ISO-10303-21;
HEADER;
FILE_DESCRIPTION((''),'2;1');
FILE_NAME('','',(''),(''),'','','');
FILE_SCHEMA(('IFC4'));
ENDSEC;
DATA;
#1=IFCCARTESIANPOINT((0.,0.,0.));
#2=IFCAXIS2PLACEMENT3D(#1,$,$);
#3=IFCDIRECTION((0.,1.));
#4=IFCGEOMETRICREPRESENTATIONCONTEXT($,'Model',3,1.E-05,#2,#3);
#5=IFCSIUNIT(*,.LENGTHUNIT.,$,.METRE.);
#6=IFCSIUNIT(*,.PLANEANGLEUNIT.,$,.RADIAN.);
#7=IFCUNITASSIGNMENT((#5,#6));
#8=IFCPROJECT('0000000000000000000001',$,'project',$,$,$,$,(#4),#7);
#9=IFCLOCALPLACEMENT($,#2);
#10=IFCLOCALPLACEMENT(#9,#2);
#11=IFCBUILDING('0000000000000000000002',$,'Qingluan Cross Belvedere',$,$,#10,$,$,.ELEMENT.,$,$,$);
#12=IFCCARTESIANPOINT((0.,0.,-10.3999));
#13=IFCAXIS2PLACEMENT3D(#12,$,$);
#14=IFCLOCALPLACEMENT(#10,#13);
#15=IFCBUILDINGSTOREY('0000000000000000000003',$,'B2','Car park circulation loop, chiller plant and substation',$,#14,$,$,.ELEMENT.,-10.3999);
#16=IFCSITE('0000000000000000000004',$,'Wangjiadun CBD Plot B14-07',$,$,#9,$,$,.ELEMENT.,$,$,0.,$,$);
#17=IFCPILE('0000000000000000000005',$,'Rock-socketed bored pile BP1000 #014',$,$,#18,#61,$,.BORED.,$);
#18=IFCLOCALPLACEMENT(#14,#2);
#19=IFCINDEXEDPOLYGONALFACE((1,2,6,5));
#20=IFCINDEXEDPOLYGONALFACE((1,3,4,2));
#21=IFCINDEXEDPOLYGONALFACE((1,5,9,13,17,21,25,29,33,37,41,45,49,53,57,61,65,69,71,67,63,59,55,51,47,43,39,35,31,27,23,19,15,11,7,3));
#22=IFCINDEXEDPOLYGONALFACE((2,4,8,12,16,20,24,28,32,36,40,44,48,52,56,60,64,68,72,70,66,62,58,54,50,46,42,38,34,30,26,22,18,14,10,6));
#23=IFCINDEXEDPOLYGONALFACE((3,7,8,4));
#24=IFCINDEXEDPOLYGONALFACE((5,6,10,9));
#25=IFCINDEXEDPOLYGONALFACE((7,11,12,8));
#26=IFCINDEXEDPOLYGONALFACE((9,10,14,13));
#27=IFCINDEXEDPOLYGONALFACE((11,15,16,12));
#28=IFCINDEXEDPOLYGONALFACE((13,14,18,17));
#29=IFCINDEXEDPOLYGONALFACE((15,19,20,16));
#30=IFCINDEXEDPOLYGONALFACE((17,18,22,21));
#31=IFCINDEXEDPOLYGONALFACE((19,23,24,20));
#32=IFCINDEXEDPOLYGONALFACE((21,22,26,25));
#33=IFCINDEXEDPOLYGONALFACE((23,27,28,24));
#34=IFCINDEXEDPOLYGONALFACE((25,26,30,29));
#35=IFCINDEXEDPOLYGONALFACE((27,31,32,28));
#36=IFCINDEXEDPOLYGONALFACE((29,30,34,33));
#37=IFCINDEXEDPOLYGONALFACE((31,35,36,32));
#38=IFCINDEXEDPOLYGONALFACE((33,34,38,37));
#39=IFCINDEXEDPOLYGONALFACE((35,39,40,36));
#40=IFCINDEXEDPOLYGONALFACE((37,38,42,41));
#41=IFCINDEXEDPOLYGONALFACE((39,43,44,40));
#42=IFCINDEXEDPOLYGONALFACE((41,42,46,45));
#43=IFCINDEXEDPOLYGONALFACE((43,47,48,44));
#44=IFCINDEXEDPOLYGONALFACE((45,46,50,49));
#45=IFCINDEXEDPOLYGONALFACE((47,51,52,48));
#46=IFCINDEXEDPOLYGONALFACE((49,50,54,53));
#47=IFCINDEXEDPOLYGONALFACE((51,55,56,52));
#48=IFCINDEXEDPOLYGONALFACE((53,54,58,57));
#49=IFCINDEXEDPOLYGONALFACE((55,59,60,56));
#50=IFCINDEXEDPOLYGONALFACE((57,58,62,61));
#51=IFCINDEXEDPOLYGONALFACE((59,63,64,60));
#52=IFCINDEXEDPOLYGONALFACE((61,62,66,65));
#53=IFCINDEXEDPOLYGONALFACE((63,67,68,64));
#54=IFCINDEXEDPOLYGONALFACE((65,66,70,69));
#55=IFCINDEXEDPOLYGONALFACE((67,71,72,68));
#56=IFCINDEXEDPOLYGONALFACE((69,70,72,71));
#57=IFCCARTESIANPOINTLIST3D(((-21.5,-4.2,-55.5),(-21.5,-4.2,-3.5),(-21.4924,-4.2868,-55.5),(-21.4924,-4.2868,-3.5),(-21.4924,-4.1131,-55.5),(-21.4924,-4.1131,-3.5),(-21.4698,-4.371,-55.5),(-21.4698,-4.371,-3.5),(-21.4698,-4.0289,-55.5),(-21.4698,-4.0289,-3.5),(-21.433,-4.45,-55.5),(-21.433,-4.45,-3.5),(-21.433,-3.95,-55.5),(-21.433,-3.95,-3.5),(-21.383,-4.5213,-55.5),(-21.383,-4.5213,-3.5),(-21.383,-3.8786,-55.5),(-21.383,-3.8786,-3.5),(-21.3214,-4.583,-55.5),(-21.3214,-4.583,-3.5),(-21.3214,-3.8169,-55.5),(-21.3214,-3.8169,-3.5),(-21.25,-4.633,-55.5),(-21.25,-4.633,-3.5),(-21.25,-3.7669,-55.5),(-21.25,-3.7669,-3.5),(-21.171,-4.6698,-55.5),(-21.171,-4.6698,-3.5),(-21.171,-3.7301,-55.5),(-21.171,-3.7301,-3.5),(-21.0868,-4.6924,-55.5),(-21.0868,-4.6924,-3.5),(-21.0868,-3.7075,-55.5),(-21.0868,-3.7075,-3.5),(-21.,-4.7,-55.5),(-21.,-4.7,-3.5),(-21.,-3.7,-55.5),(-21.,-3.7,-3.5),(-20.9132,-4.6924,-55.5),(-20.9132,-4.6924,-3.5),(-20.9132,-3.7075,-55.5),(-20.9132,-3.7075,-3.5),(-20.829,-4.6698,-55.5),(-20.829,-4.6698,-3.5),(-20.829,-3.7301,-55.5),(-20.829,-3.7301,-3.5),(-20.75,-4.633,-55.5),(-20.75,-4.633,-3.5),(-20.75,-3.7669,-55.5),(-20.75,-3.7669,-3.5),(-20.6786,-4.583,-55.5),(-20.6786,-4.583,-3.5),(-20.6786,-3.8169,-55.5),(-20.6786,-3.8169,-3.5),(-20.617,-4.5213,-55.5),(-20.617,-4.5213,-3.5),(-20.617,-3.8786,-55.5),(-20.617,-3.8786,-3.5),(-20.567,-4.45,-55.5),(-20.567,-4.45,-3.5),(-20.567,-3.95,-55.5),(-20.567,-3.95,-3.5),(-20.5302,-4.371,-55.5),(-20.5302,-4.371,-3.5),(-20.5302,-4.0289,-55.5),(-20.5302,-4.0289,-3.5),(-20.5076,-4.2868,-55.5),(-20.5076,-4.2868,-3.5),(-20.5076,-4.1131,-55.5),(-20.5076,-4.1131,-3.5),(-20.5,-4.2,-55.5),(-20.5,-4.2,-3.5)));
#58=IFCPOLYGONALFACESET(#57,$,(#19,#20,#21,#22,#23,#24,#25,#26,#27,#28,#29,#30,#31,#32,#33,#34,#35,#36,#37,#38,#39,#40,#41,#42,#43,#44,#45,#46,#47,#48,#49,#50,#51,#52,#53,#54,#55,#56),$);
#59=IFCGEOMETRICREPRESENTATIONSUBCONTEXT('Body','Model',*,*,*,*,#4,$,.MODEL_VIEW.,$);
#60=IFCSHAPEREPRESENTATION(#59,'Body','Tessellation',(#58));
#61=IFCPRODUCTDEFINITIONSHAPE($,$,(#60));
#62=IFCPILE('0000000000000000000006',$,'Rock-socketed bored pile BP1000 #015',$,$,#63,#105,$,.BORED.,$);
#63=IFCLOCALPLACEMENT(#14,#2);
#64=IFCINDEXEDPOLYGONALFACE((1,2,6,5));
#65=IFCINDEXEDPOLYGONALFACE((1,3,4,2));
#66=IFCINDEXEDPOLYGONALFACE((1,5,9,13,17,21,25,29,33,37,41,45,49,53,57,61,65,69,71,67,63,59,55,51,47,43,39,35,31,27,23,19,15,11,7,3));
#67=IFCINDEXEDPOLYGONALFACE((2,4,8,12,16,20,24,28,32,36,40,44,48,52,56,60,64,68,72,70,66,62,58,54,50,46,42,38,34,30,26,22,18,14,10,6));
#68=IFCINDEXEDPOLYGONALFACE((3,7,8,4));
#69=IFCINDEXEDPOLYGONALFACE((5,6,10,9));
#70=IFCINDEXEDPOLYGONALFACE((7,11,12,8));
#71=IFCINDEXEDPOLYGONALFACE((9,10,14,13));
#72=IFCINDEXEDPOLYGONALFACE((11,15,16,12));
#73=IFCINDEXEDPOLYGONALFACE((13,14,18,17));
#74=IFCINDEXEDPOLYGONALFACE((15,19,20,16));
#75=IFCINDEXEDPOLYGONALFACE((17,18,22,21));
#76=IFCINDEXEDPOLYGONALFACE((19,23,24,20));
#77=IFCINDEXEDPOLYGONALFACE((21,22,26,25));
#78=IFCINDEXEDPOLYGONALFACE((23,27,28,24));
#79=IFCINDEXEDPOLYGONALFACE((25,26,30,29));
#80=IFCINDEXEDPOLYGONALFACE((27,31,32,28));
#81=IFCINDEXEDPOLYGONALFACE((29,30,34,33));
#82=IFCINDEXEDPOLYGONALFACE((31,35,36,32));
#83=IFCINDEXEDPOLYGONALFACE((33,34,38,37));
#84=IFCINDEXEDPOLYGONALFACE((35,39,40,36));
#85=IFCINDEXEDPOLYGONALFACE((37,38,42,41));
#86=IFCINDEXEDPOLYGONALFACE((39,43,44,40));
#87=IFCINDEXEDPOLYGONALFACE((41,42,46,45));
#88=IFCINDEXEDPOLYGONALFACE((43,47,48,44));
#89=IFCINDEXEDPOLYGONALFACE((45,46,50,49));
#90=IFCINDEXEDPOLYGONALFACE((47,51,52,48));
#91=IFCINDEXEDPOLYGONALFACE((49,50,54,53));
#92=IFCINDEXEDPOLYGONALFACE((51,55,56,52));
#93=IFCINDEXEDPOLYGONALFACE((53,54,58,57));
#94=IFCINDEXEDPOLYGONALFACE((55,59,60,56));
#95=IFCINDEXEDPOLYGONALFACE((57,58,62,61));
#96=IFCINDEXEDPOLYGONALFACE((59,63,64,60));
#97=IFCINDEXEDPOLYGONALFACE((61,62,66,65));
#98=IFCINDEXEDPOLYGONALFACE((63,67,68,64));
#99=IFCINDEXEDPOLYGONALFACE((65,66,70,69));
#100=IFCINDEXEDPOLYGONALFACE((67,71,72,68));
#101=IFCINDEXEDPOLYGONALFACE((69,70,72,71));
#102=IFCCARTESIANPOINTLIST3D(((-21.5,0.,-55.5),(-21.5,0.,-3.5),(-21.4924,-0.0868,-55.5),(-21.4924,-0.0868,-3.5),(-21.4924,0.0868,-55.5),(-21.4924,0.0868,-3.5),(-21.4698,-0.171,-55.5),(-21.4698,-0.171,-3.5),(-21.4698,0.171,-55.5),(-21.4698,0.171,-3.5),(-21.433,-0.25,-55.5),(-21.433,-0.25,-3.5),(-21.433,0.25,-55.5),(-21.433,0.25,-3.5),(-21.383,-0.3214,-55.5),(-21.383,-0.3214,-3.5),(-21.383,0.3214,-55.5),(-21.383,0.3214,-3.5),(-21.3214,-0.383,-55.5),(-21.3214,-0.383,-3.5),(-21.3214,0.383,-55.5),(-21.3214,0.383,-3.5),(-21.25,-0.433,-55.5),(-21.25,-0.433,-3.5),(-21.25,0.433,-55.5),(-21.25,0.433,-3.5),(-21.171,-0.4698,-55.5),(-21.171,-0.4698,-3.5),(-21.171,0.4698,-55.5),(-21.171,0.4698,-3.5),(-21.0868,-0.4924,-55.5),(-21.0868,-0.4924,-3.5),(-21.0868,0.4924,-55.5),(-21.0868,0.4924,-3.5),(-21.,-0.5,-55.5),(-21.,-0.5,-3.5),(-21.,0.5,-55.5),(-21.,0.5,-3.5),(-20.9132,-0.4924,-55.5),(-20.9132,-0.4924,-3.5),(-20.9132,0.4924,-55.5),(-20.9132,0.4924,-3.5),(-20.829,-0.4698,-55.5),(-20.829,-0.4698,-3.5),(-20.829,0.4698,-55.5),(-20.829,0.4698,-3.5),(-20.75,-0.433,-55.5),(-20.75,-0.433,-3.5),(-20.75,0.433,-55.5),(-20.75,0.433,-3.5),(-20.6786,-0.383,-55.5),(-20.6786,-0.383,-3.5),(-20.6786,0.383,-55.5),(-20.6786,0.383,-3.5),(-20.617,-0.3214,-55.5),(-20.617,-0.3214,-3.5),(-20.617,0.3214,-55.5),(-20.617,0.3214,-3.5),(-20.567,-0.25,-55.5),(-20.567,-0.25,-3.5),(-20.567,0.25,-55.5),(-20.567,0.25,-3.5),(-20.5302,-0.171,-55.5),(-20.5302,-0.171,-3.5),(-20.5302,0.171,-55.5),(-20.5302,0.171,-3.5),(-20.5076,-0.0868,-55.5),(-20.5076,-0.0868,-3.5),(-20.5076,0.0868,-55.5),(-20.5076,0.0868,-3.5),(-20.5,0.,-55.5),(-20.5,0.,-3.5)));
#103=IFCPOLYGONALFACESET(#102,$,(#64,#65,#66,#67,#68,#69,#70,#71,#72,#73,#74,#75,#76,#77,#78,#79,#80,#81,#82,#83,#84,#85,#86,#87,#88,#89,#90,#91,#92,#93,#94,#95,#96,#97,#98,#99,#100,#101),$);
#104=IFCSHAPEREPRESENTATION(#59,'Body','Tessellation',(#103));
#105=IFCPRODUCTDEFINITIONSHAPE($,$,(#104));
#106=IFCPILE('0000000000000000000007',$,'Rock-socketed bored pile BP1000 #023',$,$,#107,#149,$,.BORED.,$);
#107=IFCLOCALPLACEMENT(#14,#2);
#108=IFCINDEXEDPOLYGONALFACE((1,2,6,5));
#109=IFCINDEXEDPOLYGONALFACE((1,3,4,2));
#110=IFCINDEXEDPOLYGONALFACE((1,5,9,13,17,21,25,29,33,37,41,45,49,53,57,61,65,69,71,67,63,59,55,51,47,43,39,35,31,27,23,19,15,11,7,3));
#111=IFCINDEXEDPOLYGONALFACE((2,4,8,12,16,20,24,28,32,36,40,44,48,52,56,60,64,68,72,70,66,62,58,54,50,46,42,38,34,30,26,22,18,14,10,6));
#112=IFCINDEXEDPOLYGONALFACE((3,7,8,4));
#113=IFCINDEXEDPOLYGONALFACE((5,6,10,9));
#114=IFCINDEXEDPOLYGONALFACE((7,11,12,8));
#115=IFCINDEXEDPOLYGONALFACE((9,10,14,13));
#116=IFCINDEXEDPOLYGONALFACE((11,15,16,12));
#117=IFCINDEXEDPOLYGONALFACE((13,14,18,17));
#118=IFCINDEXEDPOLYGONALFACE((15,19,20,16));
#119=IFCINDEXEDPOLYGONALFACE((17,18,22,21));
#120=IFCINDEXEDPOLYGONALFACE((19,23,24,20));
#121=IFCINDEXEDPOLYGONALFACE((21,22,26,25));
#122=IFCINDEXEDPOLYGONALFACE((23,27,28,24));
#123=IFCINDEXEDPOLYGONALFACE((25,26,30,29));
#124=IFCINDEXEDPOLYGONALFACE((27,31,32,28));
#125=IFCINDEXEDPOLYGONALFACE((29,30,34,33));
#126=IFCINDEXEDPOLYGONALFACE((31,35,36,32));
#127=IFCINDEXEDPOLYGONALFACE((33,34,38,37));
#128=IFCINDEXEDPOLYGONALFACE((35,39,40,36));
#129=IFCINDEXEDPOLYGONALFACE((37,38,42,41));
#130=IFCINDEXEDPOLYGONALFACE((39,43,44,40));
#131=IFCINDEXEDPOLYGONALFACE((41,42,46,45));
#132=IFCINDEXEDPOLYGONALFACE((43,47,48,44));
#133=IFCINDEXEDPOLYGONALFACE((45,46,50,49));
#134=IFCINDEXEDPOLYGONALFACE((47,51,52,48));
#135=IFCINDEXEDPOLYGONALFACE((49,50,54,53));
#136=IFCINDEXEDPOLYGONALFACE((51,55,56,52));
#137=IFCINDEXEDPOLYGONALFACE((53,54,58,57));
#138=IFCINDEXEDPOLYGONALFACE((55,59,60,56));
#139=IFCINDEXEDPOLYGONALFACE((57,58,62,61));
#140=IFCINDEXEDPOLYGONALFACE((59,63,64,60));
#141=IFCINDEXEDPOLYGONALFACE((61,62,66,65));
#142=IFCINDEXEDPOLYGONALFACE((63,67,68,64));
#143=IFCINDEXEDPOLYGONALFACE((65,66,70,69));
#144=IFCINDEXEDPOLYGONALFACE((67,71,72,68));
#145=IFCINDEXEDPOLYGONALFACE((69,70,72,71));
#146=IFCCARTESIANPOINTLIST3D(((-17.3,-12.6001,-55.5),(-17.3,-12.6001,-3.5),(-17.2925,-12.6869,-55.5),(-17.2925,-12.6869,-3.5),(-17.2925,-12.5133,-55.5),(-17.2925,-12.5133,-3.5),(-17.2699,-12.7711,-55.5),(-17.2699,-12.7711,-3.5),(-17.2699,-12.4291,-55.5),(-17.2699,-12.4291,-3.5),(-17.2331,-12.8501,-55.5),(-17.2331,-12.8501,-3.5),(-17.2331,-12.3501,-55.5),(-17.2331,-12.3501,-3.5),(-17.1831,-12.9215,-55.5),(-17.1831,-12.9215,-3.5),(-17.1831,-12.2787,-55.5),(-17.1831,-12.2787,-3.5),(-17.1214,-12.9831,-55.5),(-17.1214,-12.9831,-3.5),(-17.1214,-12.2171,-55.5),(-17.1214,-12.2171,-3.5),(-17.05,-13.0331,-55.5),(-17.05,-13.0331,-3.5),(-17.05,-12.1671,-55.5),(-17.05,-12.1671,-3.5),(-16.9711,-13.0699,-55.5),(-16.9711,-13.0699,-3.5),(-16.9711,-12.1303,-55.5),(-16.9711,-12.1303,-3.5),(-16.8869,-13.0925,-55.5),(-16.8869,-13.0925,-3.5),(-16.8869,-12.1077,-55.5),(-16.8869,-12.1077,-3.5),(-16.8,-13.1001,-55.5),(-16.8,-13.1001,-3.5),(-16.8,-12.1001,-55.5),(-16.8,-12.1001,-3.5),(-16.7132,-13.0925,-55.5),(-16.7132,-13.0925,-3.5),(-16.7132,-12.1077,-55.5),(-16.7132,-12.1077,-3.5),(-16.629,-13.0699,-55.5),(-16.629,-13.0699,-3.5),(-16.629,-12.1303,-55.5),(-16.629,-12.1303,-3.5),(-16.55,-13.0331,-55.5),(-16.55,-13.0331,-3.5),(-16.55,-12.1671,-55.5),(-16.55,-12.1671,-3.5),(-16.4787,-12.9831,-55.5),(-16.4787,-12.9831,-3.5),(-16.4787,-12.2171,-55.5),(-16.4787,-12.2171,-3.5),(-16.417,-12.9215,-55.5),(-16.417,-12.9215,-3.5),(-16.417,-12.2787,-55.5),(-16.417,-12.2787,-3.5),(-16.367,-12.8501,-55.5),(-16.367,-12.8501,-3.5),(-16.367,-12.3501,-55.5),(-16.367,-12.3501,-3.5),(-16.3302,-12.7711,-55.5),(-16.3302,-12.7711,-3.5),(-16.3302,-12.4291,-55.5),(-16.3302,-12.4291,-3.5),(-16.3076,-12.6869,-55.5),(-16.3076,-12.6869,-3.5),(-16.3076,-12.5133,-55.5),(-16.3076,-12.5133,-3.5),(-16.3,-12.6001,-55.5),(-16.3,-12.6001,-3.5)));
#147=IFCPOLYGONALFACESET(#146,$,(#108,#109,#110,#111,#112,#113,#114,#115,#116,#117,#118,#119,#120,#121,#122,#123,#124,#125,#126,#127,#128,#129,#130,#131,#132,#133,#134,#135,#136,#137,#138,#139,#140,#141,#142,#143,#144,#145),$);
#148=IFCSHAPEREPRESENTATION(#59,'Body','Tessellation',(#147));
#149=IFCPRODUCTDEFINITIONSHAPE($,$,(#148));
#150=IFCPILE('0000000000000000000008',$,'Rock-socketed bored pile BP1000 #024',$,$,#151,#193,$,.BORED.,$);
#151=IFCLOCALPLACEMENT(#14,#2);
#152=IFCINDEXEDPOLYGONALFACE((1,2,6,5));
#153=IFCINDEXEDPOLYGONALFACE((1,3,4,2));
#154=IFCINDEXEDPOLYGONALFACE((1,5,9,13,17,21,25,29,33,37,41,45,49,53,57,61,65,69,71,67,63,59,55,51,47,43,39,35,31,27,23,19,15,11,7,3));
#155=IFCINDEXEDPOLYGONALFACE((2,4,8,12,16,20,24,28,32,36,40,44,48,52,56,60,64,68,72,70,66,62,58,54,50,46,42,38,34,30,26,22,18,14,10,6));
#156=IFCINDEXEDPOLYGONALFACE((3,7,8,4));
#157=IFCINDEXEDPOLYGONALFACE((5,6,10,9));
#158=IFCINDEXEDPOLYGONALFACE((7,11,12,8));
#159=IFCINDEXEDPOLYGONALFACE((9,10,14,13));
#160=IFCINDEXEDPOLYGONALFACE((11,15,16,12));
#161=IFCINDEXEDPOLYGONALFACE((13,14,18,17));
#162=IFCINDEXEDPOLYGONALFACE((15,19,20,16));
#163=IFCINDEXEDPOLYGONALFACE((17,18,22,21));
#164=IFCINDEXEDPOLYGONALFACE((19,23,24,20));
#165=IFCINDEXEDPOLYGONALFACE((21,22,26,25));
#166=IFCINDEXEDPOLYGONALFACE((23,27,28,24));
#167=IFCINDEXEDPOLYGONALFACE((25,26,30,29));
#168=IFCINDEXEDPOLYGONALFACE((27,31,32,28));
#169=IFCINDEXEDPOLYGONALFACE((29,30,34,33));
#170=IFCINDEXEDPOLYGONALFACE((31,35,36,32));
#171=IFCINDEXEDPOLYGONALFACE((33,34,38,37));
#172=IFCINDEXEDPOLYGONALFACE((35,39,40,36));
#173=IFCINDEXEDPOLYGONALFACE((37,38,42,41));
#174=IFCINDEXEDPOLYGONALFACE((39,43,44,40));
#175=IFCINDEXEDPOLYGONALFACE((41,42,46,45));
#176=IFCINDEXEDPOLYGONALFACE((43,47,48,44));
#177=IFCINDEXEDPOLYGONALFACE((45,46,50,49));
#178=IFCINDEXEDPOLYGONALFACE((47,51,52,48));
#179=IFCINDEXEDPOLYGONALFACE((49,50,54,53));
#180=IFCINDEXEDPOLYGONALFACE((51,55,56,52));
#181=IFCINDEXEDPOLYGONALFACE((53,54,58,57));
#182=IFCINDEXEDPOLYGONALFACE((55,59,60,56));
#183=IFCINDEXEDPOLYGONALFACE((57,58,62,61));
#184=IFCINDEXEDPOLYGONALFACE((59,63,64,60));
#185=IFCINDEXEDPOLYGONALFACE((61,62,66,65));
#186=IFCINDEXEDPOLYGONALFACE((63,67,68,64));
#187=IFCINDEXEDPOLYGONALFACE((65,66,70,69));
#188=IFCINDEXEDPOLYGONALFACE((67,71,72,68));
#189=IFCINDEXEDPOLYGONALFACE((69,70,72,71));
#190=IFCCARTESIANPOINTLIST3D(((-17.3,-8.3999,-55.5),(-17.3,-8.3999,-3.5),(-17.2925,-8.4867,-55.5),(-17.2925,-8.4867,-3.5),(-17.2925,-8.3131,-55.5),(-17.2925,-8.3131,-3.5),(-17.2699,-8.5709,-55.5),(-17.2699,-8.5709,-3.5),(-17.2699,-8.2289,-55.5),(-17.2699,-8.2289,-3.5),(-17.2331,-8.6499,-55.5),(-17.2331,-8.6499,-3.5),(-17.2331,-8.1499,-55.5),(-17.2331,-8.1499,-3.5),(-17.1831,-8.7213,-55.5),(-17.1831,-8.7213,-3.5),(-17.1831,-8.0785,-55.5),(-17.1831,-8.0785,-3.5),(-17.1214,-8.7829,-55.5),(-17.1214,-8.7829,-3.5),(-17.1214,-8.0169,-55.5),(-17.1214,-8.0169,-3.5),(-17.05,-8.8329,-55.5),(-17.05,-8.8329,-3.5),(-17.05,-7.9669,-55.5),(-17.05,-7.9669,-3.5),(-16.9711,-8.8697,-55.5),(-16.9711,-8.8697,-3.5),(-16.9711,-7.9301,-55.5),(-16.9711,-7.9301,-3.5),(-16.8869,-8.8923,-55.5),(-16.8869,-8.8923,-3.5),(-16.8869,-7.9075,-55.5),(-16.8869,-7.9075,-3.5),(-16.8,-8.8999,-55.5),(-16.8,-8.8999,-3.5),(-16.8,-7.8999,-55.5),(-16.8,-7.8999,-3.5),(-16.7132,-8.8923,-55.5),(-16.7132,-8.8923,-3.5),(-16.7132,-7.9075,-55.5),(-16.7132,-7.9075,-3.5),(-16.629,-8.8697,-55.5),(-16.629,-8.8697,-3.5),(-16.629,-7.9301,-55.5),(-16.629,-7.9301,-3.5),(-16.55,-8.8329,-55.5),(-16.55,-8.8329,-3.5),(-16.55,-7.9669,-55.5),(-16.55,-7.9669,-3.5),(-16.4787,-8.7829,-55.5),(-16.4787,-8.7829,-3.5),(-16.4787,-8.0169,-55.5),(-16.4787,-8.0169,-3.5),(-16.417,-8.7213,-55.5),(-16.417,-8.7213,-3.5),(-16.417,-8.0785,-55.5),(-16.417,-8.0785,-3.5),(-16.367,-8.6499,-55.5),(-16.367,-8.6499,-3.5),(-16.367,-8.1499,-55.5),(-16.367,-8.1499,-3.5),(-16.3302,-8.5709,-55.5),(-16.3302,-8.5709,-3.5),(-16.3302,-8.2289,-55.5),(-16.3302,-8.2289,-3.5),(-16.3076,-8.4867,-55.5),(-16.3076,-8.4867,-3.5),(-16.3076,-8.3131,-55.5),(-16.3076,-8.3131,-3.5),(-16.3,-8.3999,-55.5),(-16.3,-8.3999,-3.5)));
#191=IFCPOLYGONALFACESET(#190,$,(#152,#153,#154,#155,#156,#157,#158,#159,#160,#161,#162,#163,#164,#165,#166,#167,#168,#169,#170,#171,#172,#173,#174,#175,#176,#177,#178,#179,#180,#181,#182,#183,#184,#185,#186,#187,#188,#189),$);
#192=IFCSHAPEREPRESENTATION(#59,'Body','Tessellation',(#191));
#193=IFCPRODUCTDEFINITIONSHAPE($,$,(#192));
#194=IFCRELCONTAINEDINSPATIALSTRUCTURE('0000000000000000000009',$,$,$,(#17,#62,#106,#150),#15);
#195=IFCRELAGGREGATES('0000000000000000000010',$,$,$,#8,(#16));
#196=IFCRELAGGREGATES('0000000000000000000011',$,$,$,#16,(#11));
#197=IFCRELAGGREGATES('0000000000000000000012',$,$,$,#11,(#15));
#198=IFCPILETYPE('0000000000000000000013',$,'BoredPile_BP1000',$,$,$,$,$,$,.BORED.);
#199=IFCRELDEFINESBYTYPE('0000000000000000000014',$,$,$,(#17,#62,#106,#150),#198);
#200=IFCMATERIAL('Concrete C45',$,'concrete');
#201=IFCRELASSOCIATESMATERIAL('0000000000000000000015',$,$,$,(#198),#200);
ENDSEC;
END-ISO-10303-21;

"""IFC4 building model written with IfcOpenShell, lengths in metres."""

from ifc_helpers import new_model, si_unit, direction, frame, origin, origin_2d, place, context, subcontext, project, spatial, circle, extrude, material, material_profile, profile_set, type_object, element, save


model = new_model("IFC4")

# Units and contexts
model_context = context("Model", 3, precision=1e-05, world=origin(), true_north=direction((0.0, 1.0)))
body_context = subcontext(model_context, "Body", "Model", "MODEL_VIEW")
ifc_project = project(units=[si_unit("LENGTHUNIT", "METRE"), si_unit("PLANEANGLEUNIT", "RADIAN")], contexts=[model_context])

# Site, building, storey
site_placement = place(None, origin())
site = spatial("IfcSite", under=ifc_project, at=site_placement, Name="Wangjiadun CBD Plot B14-07", CompositionType="ELEMENT", RefElevation=0.0)
building_placement = place(site_placement, origin())
building = spatial("IfcBuilding", under=site, at=building_placement, Name="Qingluan Cross Belvedere", CompositionType="ELEMENT")
storey_placement = place(building_placement, frame((0.0, 0.0, -10.3999)))
storey = spatial("IfcBuildingStorey", under=building, at=storey_placement, Name="B2", Description="Car park circulation loop, chiller plant and substation", CompositionType="ELEMENT", Elevation=-10.3999)

# Piles
ifc_material_1 = material(Name="Concrete C45", Category="concrete")
ifc_material_profile_1 = material_profile(ifc_material_1, circle(Radius=0.5, at=origin_2d()), Name="BP1000")
ifc_profile_set_1 = profile_set([ifc_material_profile_1], Name="Concrete C45")
pile_type_1 = type_object("IfcPileType", Name="BoredPile_BP1000", PredefinedType="BORED", material=ifc_profile_set_1)
for number, where, z_axis, x_axis, name in (
    (1, (-21.0, -4.2, -3.5), (0.0, 0.0, -1.0), (1.0, 0.0, 0.0), "Rock-socketed bored pile BP1000 #014"),
    (2, (-21.0, 0.0, -3.5), (0.0, 0.0, -1.0), (1.0, 0.0, 0.0), "Rock-socketed bored pile BP1000 #015"),
    (3, (-16.8, -12.6001, -3.5), (0.0, 0.0, -1.0), (1.0, 0.0, 0.0), "Rock-socketed bored pile BP1000 #023"),
    (4, (-16.8, -8.3999, -3.5), (0.0, 0.0, -1.0), (1.0, 0.0, 0.0), "Rock-socketed bored pile BP1000 #024"),
):
    element("IfcPile", number, at=place(storey_placement, frame(where, z_axis=z_axis, x_axis=x_axis)), inside=storey, type_object=pile_type_1, Name=name, PredefinedType="BORED", context=body_context, shape_type="SweptSolid", body=[
        extrude(circle(Radius=0.5, at=origin_2d()), origin(), (0.0, 0.0, 1.0), 52.0),
    ])

save(model, "model.ifc")
